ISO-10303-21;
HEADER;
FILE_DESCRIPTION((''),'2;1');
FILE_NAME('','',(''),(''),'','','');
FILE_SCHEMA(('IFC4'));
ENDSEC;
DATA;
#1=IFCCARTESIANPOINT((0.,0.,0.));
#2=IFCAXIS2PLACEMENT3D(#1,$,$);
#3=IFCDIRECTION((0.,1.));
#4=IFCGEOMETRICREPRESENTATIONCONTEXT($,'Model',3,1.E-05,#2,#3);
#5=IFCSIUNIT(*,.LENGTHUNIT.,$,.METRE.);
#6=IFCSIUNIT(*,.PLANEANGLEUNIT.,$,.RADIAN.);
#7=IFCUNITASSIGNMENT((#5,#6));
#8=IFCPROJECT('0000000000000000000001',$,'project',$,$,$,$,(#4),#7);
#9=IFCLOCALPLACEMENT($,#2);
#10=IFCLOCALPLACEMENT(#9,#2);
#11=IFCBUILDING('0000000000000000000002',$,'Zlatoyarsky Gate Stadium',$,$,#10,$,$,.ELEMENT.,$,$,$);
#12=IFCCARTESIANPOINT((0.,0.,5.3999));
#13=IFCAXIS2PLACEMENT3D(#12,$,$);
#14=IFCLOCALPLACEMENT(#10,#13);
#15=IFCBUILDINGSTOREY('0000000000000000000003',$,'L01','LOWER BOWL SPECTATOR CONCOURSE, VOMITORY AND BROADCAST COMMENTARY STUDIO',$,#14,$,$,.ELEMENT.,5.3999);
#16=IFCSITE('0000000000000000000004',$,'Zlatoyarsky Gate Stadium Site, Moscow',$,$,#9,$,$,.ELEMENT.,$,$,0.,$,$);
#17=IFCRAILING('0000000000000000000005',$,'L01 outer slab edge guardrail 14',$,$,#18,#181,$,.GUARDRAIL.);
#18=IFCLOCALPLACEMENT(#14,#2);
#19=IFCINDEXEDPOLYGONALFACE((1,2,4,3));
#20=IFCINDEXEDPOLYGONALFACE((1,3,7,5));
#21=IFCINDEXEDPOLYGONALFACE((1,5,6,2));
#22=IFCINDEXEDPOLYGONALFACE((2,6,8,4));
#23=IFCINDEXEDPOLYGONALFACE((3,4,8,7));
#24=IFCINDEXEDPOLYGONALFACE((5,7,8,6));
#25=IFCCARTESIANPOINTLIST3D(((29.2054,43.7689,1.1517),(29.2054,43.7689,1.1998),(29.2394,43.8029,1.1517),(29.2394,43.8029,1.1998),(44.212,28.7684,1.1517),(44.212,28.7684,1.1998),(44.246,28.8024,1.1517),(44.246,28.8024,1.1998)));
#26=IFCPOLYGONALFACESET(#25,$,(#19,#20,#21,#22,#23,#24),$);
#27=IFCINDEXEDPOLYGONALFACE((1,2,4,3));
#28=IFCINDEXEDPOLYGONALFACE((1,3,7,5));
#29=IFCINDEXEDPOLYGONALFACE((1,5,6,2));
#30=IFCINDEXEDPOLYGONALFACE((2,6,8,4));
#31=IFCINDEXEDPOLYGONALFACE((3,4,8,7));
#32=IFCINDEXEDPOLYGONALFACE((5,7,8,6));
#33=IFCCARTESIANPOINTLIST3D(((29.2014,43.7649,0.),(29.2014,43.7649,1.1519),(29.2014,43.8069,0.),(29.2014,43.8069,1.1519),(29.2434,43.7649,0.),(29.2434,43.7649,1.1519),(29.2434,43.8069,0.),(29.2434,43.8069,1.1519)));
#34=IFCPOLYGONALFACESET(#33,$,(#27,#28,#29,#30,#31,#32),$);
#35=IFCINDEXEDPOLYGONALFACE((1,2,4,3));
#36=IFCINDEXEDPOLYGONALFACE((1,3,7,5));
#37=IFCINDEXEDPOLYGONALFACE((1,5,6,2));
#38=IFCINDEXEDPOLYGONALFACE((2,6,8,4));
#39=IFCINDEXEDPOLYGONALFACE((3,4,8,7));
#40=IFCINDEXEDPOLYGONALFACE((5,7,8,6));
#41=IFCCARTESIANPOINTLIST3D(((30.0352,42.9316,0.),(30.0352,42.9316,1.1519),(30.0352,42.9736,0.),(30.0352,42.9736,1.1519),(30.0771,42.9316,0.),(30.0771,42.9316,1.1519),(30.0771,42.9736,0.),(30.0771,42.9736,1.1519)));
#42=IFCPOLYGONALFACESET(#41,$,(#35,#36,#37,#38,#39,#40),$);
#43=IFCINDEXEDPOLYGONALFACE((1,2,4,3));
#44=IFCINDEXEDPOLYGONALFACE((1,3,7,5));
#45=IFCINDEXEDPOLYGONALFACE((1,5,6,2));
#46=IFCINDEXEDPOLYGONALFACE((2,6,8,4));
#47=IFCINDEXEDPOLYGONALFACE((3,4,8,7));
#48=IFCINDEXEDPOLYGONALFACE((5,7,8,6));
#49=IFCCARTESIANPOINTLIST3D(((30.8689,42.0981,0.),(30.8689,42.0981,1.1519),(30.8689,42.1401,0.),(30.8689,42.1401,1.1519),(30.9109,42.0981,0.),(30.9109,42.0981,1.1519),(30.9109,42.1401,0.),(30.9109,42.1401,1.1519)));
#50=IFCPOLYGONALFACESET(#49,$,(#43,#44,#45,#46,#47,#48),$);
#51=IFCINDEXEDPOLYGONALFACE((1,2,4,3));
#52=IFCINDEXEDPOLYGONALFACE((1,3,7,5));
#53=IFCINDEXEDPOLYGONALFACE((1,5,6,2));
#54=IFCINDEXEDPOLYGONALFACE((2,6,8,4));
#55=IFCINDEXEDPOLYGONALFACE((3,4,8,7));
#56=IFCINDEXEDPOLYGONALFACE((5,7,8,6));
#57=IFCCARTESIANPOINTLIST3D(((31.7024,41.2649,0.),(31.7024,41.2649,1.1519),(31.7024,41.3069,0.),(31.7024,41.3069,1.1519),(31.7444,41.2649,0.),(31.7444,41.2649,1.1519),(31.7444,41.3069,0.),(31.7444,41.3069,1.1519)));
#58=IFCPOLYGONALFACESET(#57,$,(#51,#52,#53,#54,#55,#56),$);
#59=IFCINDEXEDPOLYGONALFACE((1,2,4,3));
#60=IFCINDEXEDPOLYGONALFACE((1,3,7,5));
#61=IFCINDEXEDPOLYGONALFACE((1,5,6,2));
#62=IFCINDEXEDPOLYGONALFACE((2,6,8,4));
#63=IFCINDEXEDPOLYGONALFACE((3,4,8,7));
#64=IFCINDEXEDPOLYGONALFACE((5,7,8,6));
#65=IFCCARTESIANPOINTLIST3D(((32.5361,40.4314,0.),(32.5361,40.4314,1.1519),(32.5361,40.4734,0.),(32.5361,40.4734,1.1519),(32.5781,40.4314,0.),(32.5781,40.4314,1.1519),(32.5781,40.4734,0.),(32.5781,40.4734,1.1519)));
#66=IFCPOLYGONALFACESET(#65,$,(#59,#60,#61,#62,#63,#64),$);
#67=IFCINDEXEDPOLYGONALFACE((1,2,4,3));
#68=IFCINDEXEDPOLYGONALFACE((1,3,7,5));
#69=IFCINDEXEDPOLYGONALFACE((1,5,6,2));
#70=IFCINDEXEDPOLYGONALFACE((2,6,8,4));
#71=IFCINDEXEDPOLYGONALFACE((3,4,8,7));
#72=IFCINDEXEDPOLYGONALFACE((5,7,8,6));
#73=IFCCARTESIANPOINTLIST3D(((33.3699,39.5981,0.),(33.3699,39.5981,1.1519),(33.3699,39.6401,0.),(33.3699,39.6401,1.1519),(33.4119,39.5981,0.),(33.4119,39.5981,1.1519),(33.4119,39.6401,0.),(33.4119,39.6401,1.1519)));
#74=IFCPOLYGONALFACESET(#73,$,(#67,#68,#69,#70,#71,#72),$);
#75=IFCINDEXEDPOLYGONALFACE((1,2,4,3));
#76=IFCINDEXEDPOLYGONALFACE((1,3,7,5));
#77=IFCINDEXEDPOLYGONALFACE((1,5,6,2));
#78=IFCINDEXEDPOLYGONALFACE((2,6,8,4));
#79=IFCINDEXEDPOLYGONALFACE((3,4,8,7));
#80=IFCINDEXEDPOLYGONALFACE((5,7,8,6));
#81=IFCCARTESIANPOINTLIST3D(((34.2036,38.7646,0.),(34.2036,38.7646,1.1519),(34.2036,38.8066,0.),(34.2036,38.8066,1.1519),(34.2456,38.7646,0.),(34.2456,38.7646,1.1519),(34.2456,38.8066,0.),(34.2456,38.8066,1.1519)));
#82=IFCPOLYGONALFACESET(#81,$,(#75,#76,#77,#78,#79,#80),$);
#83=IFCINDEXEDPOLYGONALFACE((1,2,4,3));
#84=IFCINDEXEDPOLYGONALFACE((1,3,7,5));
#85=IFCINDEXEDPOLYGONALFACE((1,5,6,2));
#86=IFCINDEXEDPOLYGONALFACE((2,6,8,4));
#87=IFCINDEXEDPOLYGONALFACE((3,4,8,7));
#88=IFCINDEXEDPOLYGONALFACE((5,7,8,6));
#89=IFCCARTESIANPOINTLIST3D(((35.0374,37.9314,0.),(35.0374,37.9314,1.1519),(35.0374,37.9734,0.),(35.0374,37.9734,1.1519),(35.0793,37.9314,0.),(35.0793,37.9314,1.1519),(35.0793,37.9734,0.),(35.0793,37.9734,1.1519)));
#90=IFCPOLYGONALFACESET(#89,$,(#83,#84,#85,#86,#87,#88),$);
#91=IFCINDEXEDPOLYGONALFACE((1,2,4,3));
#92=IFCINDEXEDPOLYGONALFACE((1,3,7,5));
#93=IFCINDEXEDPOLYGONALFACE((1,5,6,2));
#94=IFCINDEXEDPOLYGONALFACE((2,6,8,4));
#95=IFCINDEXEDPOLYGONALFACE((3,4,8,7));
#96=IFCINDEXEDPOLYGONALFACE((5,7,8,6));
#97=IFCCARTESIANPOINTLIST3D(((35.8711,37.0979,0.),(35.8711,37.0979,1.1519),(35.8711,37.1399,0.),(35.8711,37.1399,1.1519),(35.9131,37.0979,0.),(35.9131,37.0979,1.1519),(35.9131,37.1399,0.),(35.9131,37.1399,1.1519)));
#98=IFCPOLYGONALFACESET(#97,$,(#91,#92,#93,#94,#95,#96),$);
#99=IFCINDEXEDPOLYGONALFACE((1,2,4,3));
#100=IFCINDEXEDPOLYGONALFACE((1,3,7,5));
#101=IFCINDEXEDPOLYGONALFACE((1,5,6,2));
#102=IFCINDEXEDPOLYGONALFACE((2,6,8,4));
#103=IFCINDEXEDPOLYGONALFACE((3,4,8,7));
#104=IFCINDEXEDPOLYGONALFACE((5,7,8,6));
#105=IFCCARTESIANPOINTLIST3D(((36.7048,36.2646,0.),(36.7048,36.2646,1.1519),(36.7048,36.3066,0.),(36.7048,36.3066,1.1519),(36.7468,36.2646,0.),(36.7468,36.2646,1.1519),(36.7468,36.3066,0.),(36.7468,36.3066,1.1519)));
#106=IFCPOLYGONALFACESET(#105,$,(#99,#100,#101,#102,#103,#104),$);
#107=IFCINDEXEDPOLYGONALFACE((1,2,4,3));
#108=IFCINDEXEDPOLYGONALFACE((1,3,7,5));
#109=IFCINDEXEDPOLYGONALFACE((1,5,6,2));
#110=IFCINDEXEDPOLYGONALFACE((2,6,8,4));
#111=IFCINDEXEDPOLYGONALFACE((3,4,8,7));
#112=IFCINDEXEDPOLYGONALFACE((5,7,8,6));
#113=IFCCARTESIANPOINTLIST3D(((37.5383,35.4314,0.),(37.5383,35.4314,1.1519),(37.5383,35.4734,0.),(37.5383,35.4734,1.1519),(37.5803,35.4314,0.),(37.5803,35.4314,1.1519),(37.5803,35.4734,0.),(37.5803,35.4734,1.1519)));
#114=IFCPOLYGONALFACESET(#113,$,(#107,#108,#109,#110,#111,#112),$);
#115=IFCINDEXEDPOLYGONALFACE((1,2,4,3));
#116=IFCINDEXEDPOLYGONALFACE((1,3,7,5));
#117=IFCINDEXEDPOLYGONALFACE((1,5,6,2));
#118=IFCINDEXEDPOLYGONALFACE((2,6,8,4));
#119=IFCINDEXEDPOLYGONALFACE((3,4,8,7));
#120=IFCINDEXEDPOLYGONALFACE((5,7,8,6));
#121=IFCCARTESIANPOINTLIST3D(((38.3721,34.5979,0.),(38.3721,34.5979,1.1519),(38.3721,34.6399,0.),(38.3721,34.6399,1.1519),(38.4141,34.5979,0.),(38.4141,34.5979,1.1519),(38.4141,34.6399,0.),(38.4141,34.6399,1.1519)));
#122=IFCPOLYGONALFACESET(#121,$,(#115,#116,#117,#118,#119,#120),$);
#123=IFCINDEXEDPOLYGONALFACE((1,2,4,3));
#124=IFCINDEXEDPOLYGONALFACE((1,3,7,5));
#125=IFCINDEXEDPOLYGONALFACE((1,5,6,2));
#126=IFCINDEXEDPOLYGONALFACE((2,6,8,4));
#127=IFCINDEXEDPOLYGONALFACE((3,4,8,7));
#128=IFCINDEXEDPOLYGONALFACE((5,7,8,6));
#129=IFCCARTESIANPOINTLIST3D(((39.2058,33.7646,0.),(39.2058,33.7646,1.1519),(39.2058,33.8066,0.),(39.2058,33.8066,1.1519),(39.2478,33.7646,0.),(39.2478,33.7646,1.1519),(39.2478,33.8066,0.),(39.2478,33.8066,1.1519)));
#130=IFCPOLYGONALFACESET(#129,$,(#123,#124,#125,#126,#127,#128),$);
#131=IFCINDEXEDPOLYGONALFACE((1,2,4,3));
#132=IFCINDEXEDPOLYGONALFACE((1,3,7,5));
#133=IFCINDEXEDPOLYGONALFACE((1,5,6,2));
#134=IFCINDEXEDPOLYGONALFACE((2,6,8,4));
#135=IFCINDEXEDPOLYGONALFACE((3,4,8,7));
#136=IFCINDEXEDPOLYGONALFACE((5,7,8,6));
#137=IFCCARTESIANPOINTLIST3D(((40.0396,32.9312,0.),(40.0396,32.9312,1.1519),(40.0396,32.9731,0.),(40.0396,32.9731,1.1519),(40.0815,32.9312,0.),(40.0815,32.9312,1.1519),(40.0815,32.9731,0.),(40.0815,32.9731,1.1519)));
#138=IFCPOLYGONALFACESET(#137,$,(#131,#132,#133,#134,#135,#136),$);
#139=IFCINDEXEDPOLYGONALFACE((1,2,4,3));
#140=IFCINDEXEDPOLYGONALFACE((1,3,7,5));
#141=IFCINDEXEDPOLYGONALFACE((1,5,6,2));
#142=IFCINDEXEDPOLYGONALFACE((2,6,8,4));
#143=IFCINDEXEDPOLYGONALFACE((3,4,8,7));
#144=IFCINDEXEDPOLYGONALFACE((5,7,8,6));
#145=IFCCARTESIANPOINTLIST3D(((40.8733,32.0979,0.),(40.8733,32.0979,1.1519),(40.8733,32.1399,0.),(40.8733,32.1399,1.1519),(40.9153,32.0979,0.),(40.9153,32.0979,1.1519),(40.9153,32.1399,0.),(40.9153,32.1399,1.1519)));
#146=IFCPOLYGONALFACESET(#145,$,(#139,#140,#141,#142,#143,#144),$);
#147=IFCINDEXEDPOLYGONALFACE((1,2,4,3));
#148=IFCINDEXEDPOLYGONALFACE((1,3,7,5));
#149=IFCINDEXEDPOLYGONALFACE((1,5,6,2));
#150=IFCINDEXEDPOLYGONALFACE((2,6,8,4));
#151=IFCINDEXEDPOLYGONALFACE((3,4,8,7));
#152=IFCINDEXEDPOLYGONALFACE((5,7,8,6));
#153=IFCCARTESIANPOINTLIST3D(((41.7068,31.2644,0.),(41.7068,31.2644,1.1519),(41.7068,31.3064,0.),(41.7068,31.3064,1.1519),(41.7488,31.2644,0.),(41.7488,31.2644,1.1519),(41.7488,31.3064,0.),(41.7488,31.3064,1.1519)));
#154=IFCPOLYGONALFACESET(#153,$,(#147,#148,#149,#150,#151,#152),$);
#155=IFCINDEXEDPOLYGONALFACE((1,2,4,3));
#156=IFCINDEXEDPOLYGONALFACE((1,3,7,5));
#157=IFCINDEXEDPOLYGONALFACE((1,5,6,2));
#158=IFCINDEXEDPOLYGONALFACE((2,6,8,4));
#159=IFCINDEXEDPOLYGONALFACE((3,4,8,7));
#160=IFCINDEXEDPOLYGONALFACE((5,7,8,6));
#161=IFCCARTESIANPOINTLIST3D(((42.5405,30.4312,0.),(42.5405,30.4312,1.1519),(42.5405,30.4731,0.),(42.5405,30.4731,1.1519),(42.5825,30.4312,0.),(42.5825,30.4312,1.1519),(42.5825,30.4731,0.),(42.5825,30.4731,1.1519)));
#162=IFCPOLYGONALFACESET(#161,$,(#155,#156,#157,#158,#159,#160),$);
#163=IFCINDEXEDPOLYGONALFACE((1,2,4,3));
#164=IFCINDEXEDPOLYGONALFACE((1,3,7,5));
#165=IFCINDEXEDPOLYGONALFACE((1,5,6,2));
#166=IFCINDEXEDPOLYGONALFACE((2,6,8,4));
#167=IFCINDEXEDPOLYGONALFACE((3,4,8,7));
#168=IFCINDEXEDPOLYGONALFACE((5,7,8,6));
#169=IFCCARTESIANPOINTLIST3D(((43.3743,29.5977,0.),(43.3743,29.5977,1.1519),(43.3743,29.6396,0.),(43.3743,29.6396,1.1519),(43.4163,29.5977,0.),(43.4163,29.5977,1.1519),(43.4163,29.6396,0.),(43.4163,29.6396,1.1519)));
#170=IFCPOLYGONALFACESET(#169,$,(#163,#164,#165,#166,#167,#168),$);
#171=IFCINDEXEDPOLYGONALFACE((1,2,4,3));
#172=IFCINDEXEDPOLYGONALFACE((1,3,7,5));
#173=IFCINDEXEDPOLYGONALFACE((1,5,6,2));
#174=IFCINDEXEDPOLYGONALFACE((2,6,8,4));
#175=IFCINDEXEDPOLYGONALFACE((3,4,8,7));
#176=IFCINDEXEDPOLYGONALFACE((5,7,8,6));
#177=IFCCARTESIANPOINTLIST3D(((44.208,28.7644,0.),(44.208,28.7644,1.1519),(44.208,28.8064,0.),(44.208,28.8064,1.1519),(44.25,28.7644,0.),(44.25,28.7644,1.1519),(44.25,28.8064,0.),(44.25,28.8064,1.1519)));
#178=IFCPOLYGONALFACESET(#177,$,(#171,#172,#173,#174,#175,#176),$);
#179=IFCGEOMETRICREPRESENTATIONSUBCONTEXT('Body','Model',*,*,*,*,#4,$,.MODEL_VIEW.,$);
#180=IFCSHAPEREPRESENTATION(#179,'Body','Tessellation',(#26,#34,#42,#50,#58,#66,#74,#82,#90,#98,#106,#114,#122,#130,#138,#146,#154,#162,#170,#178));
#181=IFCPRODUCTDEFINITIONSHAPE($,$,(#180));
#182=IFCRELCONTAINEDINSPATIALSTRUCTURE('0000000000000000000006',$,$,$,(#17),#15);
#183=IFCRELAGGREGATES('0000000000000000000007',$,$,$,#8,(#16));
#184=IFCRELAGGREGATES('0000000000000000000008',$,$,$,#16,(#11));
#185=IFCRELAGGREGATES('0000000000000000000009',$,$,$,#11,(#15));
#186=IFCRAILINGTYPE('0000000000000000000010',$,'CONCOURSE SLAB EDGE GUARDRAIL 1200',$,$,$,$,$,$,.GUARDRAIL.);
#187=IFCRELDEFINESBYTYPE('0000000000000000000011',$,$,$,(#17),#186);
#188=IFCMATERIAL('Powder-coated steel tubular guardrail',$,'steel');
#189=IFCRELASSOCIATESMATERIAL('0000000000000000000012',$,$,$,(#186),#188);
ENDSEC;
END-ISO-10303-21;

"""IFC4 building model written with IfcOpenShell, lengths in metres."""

from ifc_helpers import new_model, si_unit, direction, frame, origin, origin_2d, place, context, subcontext, project, spatial, rectangle, extrude, material, type_object, element, save


model = new_model("IFC4")

# Units and contexts
model_context = context("Model", 3, precision=1e-05, world=origin(), true_north=direction((0.0, 1.0)))
body_context = subcontext(model_context, "Body", "Model", "MODEL_VIEW")
ifc_project = project(units=[si_unit("LENGTHUNIT", "METRE"), si_unit("PLANEANGLEUNIT", "RADIAN")], contexts=[model_context])

# Site, building, storey
site_placement = place(None, origin())
site = spatial("IfcSite", under=ifc_project, at=site_placement, Name="Zlatoyarsky Gate Stadium Site, Moscow", CompositionType="ELEMENT", RefElevation=0.0)
building_placement = place(site_placement, origin())
building = spatial("IfcBuilding", under=site, at=building_placement, Name="Zlatoyarsky Gate Stadium", CompositionType="ELEMENT")
storey_placement = place(building_placement, frame((0.0, 0.0, 5.3999)))
storey = spatial("IfcBuildingStorey", under=building, at=storey_placement, Name="L01", Description="LOWER BOWL SPECTATOR CONCOURSE, VOMITORY AND BROADCAST COMMENTARY STUDIO", CompositionType="ELEMENT", Elevation=5.3999)

# Railing
ifc_material_1 = material(Name="Powder-coated steel tubular guardrail", Category="steel")
railing_type = type_object("IfcRailingType", Name="CONCOURSE SLAB EDGE GUARDRAIL 1200", PredefinedType="GUARDRAIL", material=ifc_material_1)
railing_placement = place(storey_placement, frame((29.2224, 43.7859, 0.0)))
element("IfcRailing", 1, at=railing_placement, inside=storey, type_object=railing_type, Name="L01 outer slab edge guardrail 14", PredefinedType="GUARDRAIL", context=body_context, shape_type="SweptSolid", body=[
    extrude(rectangle(XDim=0.0481, YDim=0.0481, at=origin_2d()), frame((0.0, 0.0, 1.1758), z_axis=(0.707251, -0.706963, 0.0), x_axis=(0.706963, 0.707251, 0.0)), (0.0, 0.0, 1.0), 21.2183),
    extrude(rectangle(XDim=0.042, YDim=0.042, at=origin_2d()), origin(), (0.0, 0.0, 1.0), 1.1519),
    extrude(rectangle(XDim=0.042, YDim=0.042, at=origin_2d()), frame((0.8337, -0.8333, 0.0)), (0.0, 0.0, 1.0), 1.1519),
    extrude(rectangle(XDim=0.042, YDim=0.042, at=origin_2d()), frame((1.6675, -1.6667, 0.0)), (0.0, 0.0, 1.0), 1.1519),
    extrude(rectangle(XDim=0.042, YDim=0.042, at=origin_2d()), frame((2.501, -2.5, 0.0)), (0.0, 0.0, 1.0), 1.1519),
    extrude(rectangle(XDim=0.042, YDim=0.042, at=origin_2d()), frame((3.3347, -3.3335, 0.0)), (0.0, 0.0, 1.0), 1.1519),
    extrude(rectangle(XDim=0.042, YDim=0.042, at=origin_2d()), frame((4.1685, -4.1667, 0.0)), (0.0, 0.0, 1.0), 1.1519),
    extrude(rectangle(XDim=0.042, YDim=0.042, at=origin_2d()), frame((5.0022, -5.0002, 0.0)), (0.0, 0.0, 1.0), 1.1519),
    extrude(rectangle(XDim=0.042, YDim=0.042, at=origin_2d()), frame((5.8359, -5.8335, 0.0)), (0.0, 0.0, 1.0), 1.1519),
    extrude(rectangle(XDim=0.042, YDim=0.042, at=origin_2d()), frame((6.6697, -6.667, 0.0)), (0.0, 0.0, 1.0), 1.1519),
    extrude(rectangle(XDim=0.042, YDim=0.042, at=origin_2d()), frame((7.5034, -7.5002, 0.0)), (0.0, 0.0, 1.0), 1.1519),
    extrude(rectangle(XDim=0.042, YDim=0.042, at=origin_2d()), frame((8.3369, -8.3335, 0.0)), (0.0, 0.0, 1.0), 1.1519),
    extrude(rectangle(XDim=0.042, YDim=0.042, at=origin_2d()), frame((9.1707, -9.167, 0.0)), (0.0, 0.0, 1.0), 1.1519),
    extrude(rectangle(XDim=0.042, YDim=0.042, at=origin_2d()), frame((10.0044, -10.0002, 0.0)), (0.0, 0.0, 1.0), 1.1519),
    extrude(rectangle(XDim=0.042, YDim=0.042, at=origin_2d()), frame((10.8381, -10.8337, 0.0)), (0.0, 0.0, 1.0), 1.1519),
    extrude(rectangle(XDim=0.042, YDim=0.042, at=origin_2d()), frame((11.6719, -11.667, 0.0)), (0.0, 0.0, 1.0), 1.1519),
    extrude(rectangle(XDim=0.042, YDim=0.042, at=origin_2d()), frame((12.5054, -12.5005, 0.0)), (0.0, 0.0, 1.0), 1.1519),
    extrude(rectangle(XDim=0.042, YDim=0.042, at=origin_2d()), frame((13.3391, -13.3337, 0.0)), (0.0, 0.0, 1.0), 1.1519),
    extrude(rectangle(XDim=0.042, YDim=0.042, at=origin_2d()), frame((14.1729, -14.1672, 0.0)), (0.0, 0.0, 1.0), 1.1519),
    extrude(rectangle(XDim=0.042, YDim=0.042, at=origin_2d()), frame((15.0066, -15.0005, 0.0)), (0.0, 0.0, 1.0), 1.1519),
])

save(model, "model.ifc")
